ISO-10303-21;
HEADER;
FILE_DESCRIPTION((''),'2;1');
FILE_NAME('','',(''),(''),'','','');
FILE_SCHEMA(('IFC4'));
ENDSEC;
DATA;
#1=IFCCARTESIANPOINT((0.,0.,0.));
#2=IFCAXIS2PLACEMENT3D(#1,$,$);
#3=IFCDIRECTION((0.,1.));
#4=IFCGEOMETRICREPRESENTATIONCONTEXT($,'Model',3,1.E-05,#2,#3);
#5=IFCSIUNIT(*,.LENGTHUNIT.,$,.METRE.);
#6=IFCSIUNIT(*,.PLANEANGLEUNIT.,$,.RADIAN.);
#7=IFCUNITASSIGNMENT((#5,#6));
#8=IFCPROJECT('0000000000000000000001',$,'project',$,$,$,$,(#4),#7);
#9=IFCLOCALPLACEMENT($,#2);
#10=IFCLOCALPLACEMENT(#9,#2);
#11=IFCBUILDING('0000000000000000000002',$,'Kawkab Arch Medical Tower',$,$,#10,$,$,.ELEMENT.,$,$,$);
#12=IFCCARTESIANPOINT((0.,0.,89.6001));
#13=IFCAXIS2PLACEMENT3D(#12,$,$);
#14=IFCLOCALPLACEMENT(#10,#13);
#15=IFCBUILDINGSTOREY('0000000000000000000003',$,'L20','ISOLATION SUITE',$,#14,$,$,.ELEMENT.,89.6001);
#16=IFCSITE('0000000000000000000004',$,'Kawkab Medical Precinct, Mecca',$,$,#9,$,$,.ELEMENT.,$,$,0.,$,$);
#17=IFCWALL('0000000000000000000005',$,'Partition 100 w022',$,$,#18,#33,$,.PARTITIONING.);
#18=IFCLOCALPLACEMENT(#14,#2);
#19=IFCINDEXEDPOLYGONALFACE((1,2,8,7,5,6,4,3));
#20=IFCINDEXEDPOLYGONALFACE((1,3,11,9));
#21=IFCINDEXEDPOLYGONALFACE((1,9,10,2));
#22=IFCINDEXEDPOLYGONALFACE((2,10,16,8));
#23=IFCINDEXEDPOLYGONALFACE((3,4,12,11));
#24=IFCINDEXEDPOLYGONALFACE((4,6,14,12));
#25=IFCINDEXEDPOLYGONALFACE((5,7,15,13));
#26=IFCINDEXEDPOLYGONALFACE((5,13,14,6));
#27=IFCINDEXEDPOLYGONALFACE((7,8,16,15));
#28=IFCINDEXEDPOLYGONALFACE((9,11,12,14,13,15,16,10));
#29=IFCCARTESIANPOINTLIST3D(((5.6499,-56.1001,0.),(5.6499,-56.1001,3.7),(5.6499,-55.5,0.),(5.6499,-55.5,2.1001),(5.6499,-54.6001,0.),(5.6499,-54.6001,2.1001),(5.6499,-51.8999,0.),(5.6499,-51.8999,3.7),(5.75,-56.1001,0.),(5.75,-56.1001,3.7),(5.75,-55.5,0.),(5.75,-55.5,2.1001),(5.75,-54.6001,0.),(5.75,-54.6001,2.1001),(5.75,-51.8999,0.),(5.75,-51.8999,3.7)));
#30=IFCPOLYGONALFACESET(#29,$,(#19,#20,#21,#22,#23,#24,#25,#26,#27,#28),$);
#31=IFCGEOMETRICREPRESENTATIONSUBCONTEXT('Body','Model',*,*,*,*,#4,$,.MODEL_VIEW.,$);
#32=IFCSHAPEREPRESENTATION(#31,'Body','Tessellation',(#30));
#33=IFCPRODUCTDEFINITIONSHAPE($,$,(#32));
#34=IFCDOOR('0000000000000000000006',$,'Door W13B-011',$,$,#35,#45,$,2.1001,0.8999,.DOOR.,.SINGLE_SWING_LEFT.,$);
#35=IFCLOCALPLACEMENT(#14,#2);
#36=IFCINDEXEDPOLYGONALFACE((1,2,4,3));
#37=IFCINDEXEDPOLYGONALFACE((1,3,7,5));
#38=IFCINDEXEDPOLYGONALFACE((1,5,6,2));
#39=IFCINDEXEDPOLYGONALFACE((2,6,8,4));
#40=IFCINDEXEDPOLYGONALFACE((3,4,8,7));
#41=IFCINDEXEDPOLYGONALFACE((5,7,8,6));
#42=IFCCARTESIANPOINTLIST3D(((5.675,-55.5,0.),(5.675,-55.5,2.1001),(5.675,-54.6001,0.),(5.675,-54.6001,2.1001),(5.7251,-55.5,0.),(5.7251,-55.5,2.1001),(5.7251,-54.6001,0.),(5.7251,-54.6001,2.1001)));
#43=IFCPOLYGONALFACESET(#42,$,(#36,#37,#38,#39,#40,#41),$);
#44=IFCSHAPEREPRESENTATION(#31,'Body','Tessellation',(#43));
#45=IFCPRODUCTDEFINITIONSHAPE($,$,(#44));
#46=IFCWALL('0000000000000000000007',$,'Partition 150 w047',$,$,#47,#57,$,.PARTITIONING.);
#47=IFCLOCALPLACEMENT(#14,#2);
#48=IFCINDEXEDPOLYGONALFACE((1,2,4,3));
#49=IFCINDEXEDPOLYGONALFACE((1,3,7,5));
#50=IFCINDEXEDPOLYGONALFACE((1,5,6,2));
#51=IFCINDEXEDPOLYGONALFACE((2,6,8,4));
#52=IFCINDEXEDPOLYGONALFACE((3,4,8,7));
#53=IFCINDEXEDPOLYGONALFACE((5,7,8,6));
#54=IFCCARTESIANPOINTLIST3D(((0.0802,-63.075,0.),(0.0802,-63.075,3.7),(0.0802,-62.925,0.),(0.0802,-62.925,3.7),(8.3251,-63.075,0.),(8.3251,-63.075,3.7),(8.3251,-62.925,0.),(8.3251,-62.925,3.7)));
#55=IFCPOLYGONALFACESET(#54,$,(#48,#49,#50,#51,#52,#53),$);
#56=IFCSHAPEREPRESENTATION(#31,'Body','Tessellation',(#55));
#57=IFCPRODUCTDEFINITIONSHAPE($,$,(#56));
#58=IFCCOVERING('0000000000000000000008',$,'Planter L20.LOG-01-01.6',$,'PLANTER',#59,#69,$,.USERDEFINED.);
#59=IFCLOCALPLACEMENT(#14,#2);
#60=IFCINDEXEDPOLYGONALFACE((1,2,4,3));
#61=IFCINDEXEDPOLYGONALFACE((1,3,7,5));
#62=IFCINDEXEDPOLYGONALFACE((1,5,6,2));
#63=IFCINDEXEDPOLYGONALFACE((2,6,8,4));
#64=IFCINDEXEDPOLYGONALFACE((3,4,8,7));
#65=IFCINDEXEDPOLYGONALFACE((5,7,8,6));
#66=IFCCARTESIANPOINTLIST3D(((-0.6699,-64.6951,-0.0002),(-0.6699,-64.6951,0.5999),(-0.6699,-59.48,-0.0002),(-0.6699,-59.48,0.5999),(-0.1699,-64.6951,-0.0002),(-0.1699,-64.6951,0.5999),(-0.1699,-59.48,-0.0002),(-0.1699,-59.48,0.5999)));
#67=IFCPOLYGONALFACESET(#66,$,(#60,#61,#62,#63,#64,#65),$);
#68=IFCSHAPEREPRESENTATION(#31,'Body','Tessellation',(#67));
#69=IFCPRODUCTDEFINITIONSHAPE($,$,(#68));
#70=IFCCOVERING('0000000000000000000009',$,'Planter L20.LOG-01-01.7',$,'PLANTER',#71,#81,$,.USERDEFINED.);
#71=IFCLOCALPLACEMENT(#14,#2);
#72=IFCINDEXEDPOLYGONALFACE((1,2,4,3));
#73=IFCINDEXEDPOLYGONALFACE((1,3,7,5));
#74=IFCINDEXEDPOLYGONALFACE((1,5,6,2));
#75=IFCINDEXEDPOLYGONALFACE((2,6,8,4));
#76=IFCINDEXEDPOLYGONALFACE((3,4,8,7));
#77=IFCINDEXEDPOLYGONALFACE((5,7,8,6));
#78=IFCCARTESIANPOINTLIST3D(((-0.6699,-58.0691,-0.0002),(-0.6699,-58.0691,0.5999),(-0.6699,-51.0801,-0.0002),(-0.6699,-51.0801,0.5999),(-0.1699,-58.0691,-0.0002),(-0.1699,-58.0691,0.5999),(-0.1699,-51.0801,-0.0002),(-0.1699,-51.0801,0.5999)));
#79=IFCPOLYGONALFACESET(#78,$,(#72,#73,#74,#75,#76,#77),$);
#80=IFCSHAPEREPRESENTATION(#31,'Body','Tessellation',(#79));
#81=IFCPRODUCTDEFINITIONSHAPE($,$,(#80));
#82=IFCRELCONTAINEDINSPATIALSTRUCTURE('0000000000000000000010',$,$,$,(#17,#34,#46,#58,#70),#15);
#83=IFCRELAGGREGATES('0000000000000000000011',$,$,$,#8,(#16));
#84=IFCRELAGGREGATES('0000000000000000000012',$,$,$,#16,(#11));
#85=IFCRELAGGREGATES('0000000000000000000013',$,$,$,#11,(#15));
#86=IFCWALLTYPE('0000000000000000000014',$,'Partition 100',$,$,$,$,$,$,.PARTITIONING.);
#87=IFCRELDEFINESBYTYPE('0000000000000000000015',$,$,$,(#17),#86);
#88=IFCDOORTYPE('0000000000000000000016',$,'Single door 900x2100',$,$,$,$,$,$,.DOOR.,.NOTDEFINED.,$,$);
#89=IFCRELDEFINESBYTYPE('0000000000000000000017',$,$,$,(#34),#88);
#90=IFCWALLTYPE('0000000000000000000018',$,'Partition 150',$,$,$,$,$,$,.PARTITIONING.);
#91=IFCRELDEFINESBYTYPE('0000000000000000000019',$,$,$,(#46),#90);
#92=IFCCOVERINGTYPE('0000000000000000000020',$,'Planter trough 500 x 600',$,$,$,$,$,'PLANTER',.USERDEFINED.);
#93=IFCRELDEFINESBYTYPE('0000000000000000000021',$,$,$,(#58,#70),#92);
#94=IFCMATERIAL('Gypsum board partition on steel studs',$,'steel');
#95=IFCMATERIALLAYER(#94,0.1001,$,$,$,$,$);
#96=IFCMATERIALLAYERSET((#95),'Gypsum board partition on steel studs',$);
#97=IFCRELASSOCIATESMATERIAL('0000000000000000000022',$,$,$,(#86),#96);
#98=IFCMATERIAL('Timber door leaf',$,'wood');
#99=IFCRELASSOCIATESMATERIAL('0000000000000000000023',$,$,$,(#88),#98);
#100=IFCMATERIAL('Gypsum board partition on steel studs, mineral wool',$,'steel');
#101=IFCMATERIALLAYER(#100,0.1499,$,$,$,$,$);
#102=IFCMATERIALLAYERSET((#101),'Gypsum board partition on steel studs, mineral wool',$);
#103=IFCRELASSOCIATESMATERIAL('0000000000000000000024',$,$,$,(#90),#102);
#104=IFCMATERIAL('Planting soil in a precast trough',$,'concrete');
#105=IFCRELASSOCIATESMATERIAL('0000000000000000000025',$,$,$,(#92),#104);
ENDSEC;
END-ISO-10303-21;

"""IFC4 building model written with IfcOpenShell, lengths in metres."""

from ifc_helpers import new_model, si_unit, direction, frame, frame_2d, origin, origin_2d, place, context, subcontext, project, spatial, rectangle, extrude, material, layer, layer_set, material_profile, profile_set, type_object, element, fill, save


model = new_model("IFC4")

# Units and contexts
model_context = context("Model", 3, precision=1e-05, world=origin(), true_north=direction((0.0, 1.0)))
body_context = subcontext(model_context, "Body", "Model", "MODEL_VIEW")
ifc_project = project(units=[si_unit("LENGTHUNIT", "METRE"), si_unit("PLANEANGLEUNIT", "RADIAN")], contexts=[model_context])

# Site, building, storey
site_placement = place(None, origin())
site = spatial("IfcSite", under=ifc_project, at=site_placement, Name="Kawkab Medical Precinct, Mecca", CompositionType="ELEMENT", RefElevation=0.0)
building_placement = place(site_placement, origin())
building = spatial("IfcBuilding", under=site, at=building_placement, Name="Kawkab Arch Medical Tower", CompositionType="ELEMENT")
storey_placement = place(building_placement, frame((0.0, 0.0, 89.6001)))
storey = spatial("IfcBuildingStorey", under=building, at=storey_placement, Name="L20", Description="ISOLATION SUITE", CompositionType="ELEMENT", Elevation=89.6001)

# Shared definitions
ifc_material_1 = material(Name="Gypsum board partition on steel studs", Category="steel")
ifc_layer_1 = layer(ifc_material_1, 0.1001)
ifc_layer_set_1 = layer_set([ifc_layer_1], Name="Gypsum board partition on steel studs")
wall_type_1 = type_object("IfcWallType", Name="Partition 100", PredefinedType="PARTITIONING", material=ifc_layer_set_1)

# Wall, opening, door
wall_1_placement = place(storey_placement, frame((5.7, -56.1001, 0.0), z_axis=(0.0, 0.0, 1.0), x_axis=(0.0, 1.0, 0.0)))
wall_1 = element("IfcWall", 1, at=wall_1_placement, inside=storey, type_object=wall_type_1, Name="Partition 100 w022", PredefinedType="PARTITIONING", context=body_context, shape_type="SweptSolid", body=[
    extrude(rectangle(XDim=4.2002, YDim=0.1001, at=frame_2d((2.1001, 0.0))), origin(), (0.0, 0.0, 1.0), 3.7),
])
opening_1_placement = place(wall_1_placement, frame((0.6001, 0.0, 0.0)))
opening_1 = element("IfcOpeningElement", 2, at=opening_1_placement, cuts=wall_1, PredefinedType="OPENING", context=body_context, shape_type="SweptSolid", body=[
    extrude(rectangle(XDim=0.8999, YDim=2.1001, at=frame_2d((0.45, 1.05))), frame((0.0, 0.0601, 0.0), z_axis=(0.0, -1.0, 0.0), x_axis=(1.0, 0.0, 0.0)), (0.0, 0.0, 1.0), 0.1201),
])
ifc_material_2 = material(Name="Timber door leaf", Category="wood")
door_type_1 = type_object("IfcDoorType", Name="Single door 900x2100", OperationType="NOTDEFINED", PredefinedType="DOOR", material=ifc_material_2)
door_1_placement = place(opening_1_placement, origin())
door_1 = element("IfcDoor", 3, at=door_1_placement, inside=storey, type_object=door_type_1, Name="Door W13B-011", OperationType="SINGLE_SWING_LEFT", OverallHeight=2.1001, OverallWidth=0.8999, PredefinedType="DOOR", context=body_context, shape_type="SweptSolid", body=[
    extrude(rectangle(XDim=0.8999, YDim=2.1001, at=frame_2d((0.45, 1.05))), frame((0.0, 0.0249, 0.0), z_axis=(0.0, -1.0, 0.0), x_axis=(1.0, 0.0, 0.0)), (0.0, 0.0, 1.0), 0.05),
])
fill(opening_1, door_1)

# Wall
ifc_material_3 = material(Name="Gypsum board partition on steel studs, mineral wool", Category="steel")
ifc_layer_2 = layer(ifc_material_3, 0.1499)
ifc_layer_set_2 = layer_set([ifc_layer_2], Name="Gypsum board partition on steel studs, mineral wool")
wall_type_2 = type_object("IfcWallType", Name="Partition 150", PredefinedType="PARTITIONING", material=ifc_layer_set_2)
wall_2_placement = place(storey_placement, frame((0.0801, -63.0, 0.0), z_axis=(0.0, 0.0, 1.0), x_axis=(1.0, 0.0, 0.0)))
element("IfcWall", 4, at=wall_2_placement, inside=storey, type_object=wall_type_2, Name="Partition 150 w047", PredefinedType="PARTITIONING", context=body_context, shape_type="SweptSolid", body=[
    extrude(rectangle(XDim=8.2449, YDim=0.1499, at=frame_2d((4.1226, 0.0))), origin(), (0.0, 0.0, 1.0), 3.7),
])

# Coverings
ifc_material_4 = material(Name="Planting soil in a precast trough", Category="concrete")
ifc_material_profile_1 = material_profile(ifc_material_4, rectangle(XDim=0.5, YDim=0.6001, at=origin_2d()), Name="Trough 500x600")
ifc_profile_set_1 = profile_set([ifc_material_profile_1], Name="Planting soil in a precast trough")
covering_type = type_object("IfcCoveringType", Name="Planter trough 500 x 600", ElementType="PLANTER", PredefinedType="USERDEFINED", material=ifc_profile_set_1)
covering_1_placement = place(storey_placement, frame((-0.4199, -64.6951, 0.2998), z_axis=(0.0, 1.0, 0.0), x_axis=(-1.0, 0.0, 0.0)))
element("IfcCovering", 5, at=covering_1_placement, inside=storey, type_object=covering_type, Name="Planter L20.LOG-01-01.6", ObjectType="PLANTER", PredefinedType="USERDEFINED", context=body_context, shape_type="SweptSolid", body=[
    extrude(rectangle(XDim=0.5, YDim=0.6001, at=origin_2d()), origin(), (0.0, 0.0, 1.0), 5.2151),
])
covering_2_placement = place(storey_placement, frame((-0.4199, -58.0691, 0.2998), z_axis=(0.0, 1.0, 0.0), x_axis=(-1.0, 0.0, 0.0)))
element("IfcCovering", 6, at=covering_2_placement, inside=storey, type_object=covering_type, Name="Planter L20.LOG-01-01.7", ObjectType="PLANTER", PredefinedType="USERDEFINED", context=body_context, shape_type="SweptSolid", body=[
    extrude(rectangle(XDim=0.5, YDim=0.6001, at=origin_2d()), origin(), (0.0, 0.0, 1.0), 6.989),
])

save(model, "model.ifc")
